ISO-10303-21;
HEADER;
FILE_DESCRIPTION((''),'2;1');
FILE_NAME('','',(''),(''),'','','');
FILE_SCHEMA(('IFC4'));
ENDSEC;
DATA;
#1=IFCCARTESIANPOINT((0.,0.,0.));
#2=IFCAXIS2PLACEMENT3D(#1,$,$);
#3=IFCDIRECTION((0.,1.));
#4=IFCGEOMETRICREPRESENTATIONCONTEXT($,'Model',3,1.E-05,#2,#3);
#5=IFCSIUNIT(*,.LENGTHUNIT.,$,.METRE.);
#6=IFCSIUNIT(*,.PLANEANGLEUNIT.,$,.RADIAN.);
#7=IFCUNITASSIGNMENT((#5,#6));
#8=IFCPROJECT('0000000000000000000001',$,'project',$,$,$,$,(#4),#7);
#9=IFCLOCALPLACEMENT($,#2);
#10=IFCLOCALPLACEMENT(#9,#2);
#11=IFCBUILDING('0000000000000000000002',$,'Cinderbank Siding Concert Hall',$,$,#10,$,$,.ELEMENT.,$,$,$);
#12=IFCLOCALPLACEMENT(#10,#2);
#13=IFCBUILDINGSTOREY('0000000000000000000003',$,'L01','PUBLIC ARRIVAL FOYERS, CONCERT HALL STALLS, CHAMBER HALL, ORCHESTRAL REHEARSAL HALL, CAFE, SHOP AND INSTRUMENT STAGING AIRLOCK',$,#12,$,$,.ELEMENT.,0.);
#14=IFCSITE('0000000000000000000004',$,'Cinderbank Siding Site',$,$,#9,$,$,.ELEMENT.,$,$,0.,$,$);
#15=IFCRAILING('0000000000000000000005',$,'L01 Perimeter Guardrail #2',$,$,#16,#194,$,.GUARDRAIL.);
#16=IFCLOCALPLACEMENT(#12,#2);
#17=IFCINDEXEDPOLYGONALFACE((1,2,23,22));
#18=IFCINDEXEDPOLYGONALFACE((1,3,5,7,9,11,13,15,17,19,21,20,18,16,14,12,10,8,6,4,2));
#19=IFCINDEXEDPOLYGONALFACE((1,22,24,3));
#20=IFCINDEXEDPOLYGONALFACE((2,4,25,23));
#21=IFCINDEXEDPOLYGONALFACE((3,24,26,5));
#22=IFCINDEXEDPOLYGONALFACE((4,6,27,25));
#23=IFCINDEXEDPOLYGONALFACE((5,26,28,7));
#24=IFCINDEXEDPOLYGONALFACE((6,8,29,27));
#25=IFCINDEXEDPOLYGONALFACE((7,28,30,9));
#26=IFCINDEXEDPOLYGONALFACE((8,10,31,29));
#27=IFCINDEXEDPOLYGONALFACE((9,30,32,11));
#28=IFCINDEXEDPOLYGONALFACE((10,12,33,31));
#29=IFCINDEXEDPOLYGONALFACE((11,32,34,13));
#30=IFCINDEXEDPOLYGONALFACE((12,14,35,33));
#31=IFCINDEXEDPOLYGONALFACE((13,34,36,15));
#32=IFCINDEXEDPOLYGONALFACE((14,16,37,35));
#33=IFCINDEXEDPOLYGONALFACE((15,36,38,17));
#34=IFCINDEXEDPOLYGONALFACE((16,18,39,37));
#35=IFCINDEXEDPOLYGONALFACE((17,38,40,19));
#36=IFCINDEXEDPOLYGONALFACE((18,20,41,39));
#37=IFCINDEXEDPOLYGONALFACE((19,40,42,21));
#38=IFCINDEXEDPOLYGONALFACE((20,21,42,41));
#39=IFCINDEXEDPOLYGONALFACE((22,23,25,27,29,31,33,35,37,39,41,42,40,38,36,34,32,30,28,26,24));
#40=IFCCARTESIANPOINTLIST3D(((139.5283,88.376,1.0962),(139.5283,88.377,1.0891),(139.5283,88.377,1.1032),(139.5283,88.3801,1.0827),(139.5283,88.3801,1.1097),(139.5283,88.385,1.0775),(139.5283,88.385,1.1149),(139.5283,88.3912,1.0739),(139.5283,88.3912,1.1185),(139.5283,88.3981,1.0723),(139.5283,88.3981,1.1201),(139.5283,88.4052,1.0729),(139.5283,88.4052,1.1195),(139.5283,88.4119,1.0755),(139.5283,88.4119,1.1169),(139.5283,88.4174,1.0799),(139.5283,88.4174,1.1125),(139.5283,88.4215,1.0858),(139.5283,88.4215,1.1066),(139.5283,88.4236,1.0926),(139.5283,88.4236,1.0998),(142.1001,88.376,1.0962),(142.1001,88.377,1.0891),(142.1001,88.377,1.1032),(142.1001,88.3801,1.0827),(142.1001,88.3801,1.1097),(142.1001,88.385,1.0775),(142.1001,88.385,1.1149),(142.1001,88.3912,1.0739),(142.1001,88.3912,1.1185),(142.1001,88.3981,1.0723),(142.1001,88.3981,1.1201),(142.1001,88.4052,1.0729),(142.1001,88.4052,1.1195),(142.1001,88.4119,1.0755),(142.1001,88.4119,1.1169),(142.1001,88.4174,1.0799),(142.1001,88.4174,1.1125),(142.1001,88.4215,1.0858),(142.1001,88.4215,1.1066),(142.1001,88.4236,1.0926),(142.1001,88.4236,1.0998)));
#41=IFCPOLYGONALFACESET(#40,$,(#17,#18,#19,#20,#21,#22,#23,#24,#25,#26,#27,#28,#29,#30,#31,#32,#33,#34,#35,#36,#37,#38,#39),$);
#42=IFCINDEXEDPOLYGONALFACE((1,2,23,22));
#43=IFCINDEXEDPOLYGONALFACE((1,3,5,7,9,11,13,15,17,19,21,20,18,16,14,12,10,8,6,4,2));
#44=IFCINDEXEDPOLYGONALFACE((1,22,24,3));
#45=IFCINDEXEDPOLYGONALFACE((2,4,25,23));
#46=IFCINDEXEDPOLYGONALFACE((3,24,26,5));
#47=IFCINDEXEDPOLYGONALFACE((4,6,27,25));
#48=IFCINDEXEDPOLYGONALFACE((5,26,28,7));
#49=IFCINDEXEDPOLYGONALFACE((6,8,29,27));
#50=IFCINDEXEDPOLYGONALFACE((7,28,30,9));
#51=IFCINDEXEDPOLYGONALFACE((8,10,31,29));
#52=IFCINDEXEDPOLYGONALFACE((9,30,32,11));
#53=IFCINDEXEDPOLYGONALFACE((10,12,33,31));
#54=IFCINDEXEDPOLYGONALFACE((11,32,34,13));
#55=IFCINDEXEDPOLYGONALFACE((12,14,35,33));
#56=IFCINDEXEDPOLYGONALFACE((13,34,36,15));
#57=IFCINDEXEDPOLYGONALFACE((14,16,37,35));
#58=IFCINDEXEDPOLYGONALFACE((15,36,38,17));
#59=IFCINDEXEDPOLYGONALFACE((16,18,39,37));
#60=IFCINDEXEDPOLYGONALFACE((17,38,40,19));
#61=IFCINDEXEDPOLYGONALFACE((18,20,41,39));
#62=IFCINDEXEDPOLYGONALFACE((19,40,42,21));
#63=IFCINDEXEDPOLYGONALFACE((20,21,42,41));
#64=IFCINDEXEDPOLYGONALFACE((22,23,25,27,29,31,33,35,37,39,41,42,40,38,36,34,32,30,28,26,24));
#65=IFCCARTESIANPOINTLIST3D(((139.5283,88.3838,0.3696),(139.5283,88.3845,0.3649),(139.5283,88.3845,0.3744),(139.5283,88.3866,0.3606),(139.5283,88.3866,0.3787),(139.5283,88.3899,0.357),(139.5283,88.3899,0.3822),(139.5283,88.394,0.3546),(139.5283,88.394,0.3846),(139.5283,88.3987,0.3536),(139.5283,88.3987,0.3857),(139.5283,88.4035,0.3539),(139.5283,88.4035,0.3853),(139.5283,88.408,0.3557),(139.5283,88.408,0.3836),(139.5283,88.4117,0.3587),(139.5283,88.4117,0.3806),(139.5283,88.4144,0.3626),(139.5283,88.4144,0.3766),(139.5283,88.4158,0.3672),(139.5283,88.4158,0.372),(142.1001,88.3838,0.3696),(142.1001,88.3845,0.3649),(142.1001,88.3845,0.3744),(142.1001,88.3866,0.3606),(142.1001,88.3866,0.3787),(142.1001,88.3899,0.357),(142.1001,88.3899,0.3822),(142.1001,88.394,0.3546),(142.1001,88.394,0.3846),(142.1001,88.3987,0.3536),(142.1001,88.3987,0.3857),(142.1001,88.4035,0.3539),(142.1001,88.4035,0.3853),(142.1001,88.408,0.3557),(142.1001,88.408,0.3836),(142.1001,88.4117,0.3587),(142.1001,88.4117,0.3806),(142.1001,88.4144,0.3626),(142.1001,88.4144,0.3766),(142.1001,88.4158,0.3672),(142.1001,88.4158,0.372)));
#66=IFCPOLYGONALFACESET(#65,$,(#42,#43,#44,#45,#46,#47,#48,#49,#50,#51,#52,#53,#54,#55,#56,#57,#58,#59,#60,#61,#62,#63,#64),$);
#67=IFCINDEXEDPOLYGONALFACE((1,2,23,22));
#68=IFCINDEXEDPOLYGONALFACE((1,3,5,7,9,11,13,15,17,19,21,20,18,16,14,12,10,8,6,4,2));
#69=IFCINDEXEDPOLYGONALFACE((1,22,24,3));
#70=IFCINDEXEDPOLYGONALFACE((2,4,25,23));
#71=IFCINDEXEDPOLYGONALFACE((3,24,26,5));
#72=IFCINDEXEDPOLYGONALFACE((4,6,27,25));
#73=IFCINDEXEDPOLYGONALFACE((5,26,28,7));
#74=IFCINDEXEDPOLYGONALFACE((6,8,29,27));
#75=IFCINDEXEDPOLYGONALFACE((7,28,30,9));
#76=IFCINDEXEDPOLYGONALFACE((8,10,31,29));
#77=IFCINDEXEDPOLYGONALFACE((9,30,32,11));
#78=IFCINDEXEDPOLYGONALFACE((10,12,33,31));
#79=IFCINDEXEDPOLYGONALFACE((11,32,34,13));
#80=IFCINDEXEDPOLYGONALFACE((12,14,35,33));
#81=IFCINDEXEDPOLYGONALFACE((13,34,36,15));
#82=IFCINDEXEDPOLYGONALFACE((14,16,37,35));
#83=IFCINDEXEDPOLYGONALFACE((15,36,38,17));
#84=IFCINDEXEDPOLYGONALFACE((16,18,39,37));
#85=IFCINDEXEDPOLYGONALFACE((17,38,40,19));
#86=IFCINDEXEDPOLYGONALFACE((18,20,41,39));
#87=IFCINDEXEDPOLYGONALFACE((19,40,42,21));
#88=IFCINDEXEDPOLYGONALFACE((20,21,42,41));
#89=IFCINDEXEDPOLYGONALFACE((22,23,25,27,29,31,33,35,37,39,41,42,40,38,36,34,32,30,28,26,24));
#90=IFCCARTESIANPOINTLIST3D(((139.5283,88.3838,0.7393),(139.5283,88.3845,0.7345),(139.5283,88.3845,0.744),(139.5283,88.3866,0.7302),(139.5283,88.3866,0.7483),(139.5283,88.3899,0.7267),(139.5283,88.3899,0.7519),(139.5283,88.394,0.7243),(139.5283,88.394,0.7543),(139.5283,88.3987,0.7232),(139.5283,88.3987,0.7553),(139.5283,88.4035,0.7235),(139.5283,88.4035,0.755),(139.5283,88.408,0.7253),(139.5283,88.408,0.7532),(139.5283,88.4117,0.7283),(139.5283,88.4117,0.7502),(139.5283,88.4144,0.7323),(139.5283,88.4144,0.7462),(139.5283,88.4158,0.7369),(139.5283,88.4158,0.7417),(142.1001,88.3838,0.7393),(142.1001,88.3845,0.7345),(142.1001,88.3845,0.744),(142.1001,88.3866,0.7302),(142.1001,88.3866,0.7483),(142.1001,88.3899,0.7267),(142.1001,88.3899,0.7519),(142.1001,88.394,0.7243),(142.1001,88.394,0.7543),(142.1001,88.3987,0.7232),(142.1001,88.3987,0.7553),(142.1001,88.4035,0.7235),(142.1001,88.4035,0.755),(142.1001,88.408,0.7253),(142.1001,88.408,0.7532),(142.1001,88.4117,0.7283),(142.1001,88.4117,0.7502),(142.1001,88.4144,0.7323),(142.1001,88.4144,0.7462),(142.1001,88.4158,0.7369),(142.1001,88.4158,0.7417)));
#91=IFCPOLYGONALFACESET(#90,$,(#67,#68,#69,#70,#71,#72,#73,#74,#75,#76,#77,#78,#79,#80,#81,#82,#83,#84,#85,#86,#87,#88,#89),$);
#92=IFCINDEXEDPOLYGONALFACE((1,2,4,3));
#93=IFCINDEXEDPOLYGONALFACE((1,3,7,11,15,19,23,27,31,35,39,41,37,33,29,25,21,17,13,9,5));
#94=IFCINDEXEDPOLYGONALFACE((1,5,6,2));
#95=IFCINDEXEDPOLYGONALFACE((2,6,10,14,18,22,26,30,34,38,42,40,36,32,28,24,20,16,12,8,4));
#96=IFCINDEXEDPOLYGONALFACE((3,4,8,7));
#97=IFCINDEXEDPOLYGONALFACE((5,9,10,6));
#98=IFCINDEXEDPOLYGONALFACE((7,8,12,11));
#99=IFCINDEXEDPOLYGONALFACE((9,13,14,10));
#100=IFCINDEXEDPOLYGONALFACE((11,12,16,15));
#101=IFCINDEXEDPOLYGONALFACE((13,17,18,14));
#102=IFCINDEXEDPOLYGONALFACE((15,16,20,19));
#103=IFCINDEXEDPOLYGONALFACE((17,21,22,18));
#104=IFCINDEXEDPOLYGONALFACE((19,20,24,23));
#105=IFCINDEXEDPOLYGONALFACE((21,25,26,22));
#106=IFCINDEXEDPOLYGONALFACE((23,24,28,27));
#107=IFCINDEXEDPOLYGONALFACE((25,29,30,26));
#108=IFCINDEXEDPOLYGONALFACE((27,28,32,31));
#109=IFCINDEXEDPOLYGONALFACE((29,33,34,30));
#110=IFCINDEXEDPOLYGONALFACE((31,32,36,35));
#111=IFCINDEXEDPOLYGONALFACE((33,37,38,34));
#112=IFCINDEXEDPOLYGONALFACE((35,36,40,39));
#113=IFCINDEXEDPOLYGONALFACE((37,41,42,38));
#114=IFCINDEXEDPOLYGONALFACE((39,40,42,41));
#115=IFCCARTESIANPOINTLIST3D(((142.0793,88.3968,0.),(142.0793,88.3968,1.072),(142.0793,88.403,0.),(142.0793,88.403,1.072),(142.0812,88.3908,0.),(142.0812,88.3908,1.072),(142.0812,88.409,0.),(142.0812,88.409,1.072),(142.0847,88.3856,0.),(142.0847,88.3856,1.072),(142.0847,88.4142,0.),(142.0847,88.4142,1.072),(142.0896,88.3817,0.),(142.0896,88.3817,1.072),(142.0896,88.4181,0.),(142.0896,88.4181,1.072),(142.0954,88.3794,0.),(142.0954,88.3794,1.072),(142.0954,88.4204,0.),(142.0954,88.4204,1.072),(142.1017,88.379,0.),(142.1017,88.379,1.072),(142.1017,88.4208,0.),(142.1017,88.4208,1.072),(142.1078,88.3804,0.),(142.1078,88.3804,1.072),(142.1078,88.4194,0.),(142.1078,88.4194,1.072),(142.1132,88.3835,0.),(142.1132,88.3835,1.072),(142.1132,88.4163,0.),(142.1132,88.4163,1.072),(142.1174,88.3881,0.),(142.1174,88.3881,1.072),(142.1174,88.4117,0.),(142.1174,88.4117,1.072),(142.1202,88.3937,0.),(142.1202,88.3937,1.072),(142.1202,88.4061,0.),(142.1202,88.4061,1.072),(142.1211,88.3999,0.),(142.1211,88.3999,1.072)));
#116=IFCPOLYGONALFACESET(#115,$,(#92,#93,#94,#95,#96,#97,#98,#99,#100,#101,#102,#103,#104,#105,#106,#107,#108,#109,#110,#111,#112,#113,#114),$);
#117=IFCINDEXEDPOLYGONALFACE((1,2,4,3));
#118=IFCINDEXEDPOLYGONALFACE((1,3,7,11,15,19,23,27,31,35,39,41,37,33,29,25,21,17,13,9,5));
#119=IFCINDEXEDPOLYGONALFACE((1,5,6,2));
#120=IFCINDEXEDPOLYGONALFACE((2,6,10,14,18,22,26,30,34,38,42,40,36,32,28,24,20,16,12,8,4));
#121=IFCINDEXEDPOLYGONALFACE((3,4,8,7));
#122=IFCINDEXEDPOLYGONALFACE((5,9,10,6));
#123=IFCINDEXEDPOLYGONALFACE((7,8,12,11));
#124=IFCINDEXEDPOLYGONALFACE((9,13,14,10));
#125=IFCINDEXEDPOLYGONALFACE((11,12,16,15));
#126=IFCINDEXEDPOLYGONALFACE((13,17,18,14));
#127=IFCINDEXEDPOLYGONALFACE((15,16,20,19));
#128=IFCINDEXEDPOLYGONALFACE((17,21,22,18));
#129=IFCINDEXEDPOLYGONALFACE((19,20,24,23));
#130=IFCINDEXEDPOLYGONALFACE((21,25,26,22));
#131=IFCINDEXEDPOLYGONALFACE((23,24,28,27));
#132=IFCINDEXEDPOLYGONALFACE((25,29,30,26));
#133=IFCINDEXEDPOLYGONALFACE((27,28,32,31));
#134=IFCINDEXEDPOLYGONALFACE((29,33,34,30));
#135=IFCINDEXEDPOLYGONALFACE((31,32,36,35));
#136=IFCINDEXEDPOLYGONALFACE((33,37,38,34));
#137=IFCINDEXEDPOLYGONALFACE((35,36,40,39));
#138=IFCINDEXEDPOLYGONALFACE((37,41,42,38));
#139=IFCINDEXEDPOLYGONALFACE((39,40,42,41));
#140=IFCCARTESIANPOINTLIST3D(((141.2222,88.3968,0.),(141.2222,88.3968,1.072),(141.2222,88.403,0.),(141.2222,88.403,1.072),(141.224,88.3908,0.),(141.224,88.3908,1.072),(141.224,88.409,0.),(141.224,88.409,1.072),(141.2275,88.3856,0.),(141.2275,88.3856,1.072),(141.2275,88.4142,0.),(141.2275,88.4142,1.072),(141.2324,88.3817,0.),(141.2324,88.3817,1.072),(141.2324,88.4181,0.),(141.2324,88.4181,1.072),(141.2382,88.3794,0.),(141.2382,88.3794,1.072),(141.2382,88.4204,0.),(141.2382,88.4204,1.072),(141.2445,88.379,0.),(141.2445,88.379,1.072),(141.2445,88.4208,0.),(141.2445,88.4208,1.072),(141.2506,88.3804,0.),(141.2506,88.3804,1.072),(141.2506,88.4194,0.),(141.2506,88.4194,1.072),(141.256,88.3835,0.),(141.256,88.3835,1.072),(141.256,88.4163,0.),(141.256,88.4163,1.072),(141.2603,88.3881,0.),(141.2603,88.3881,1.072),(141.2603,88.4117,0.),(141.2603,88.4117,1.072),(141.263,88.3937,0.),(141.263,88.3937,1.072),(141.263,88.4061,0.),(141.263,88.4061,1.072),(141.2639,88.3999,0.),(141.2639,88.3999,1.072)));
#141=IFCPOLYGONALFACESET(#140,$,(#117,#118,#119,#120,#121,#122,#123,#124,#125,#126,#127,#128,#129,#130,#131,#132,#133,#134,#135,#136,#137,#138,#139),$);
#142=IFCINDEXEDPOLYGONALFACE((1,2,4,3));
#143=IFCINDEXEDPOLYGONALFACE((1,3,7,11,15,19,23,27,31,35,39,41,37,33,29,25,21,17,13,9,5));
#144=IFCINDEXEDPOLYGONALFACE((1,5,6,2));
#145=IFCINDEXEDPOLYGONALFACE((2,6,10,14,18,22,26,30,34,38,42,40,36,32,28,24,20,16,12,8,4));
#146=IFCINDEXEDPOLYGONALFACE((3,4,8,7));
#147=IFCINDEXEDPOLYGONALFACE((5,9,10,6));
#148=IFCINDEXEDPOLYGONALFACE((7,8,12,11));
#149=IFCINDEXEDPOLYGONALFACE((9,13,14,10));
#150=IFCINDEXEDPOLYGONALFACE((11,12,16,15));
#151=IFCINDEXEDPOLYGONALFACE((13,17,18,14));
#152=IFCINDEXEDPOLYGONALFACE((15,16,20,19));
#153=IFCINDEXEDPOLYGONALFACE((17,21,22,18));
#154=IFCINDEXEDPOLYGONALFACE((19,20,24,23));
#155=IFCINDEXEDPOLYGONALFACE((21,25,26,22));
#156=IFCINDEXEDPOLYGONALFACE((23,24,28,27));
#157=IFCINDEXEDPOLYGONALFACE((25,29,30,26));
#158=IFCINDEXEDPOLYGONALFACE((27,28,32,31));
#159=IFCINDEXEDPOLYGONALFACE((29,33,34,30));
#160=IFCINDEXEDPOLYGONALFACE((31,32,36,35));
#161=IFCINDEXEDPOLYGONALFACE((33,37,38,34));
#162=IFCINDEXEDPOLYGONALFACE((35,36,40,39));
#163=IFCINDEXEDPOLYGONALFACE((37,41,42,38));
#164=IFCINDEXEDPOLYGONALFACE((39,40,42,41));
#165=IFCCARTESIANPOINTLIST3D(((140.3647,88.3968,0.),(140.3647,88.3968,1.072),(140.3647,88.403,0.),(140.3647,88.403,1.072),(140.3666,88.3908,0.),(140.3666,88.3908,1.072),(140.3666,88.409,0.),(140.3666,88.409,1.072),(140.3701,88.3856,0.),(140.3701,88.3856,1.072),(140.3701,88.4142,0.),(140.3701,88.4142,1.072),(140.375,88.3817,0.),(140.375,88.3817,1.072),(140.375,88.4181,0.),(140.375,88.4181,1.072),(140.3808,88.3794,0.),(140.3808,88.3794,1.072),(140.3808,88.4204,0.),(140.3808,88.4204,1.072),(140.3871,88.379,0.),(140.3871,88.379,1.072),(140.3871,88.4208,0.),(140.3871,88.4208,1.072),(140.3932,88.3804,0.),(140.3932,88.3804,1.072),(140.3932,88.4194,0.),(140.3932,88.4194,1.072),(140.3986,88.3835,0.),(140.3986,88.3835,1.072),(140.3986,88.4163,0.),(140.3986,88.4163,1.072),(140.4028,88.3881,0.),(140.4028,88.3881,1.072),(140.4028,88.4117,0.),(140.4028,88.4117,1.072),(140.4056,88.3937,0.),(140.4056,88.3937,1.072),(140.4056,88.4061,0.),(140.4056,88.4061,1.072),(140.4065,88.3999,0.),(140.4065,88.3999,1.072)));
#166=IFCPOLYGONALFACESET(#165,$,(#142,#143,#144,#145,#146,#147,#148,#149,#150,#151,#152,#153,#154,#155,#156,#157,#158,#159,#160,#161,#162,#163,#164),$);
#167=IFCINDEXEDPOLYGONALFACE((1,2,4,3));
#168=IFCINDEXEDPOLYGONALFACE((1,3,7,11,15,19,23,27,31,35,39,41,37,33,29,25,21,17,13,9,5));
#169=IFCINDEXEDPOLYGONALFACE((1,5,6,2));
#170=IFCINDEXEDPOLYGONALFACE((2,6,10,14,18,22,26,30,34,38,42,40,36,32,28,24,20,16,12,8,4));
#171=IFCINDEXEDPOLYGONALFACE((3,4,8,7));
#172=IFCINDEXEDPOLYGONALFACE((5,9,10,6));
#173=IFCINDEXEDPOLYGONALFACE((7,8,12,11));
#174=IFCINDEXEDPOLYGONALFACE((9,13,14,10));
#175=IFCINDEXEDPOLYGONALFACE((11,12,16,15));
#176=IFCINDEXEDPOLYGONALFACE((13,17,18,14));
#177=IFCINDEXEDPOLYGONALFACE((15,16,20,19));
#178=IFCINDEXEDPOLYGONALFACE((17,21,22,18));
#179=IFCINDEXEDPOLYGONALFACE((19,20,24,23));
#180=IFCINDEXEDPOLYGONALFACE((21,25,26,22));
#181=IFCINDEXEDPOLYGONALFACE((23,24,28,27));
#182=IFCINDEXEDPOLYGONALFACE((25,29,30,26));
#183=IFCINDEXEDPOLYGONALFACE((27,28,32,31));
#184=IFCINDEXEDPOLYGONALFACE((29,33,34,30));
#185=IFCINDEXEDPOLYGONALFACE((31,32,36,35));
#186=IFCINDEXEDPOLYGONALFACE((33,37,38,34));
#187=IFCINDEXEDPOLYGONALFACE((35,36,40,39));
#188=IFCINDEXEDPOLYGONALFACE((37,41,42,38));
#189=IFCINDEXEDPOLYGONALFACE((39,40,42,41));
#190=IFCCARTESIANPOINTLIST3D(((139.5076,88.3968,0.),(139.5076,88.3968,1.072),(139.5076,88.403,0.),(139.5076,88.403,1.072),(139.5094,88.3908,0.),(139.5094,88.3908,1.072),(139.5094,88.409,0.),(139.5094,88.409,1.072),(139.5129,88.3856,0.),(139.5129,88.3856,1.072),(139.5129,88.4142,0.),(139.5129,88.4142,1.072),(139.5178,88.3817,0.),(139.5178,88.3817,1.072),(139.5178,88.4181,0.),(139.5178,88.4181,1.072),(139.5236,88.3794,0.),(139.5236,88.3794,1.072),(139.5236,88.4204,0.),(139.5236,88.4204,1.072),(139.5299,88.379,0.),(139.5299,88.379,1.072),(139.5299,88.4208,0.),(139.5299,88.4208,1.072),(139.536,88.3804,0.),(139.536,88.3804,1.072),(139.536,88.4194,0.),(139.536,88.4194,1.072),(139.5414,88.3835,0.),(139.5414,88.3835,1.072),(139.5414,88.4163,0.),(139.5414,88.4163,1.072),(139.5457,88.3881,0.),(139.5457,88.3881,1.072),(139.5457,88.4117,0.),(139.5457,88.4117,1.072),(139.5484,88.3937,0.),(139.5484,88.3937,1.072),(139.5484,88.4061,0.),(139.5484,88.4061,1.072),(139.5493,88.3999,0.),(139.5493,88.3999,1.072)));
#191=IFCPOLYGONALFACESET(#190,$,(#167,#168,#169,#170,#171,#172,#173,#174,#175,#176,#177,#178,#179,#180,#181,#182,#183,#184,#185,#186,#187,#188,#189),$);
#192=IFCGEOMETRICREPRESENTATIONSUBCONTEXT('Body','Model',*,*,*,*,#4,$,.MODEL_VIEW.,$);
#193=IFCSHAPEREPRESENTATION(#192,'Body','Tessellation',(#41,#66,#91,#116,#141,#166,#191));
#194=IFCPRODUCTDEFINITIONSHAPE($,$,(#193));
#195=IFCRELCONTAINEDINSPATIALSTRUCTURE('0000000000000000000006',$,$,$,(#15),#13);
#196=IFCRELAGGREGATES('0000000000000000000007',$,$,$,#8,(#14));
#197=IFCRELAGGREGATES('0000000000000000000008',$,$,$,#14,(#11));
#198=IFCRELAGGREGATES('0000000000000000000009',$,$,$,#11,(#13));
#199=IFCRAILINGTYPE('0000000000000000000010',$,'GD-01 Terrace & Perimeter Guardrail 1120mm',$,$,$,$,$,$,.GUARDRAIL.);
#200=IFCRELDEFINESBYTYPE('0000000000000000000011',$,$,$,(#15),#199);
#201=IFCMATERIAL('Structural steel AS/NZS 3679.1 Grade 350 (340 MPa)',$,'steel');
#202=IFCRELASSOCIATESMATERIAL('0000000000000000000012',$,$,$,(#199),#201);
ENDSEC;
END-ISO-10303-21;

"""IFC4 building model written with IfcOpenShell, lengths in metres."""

from ifc_helpers import new_model, si_unit, direction, frame, origin, origin_2d, place, context, subcontext, project, spatial, circle, extrude, material, type_object, element, save


model = new_model("IFC4")

# Units and contexts
model_context = context("Model", 3, precision=1e-05, world=origin(), true_north=direction((0.0, 1.0)))
body_context = subcontext(model_context, "Body", "Model", "MODEL_VIEW")
ifc_project = project(units=[si_unit("LENGTHUNIT", "METRE"), si_unit("PLANEANGLEUNIT", "RADIAN")], contexts=[model_context])

# Site, building, storey
site_placement = place(None, origin())
site = spatial("IfcSite", under=ifc_project, at=site_placement, Name="Cinderbank Siding Site", CompositionType="ELEMENT", RefElevation=0.0)
building_placement = place(site_placement, origin())
building = spatial("IfcBuilding", under=site, at=building_placement, Name="Cinderbank Siding Concert Hall", CompositionType="ELEMENT")
storey_placement = place(building_placement, origin())
storey = spatial("IfcBuildingStorey", under=building, at=storey_placement, Name="L01", Description="PUBLIC ARRIVAL FOYERS, CONCERT HALL STALLS, CHAMBER HALL, ORCHESTRAL REHEARSAL HALL, CAFE, SHOP AND INSTRUMENT STAGING AIRLOCK", CompositionType="ELEMENT", Elevation=0.0)

# Shared definitions
ifc_material_1 = material(Name="Structural steel AS/NZS 3679.1 Grade 350 (340 MPa)", Category="steel")

# Railing
railing_type_1 = type_object("IfcRailingType", Name="GD-01 Terrace & Perimeter Guardrail 1120mm", PredefinedType="GUARDRAIL", material=ifc_material_1)
railing_1_placement = place(storey_placement, frame((142.1001, 88.3999, 0.0)))
element("IfcRailing", 1, at=railing_1_placement, inside=storey, type_object=railing_type_1, Name="L01 Perimeter Guardrail #2", PredefinedType="GUARDRAIL", context=body_context, shape_type="SweptSolid", body=[
    extrude(circle(Radius=0.0239, at=origin_2d()), frame((0.0, 0.0, 1.0962), z_axis=(-1.0, 0.0, 0.0), x_axis=(0.0, -1.0, 0.0)), (0.0, 0.0, 1.0), 2.5718),
    extrude(circle(Radius=0.0161, at=origin_2d()), frame((0.0, 0.0, 0.3696), z_axis=(-1.0, 0.0, 0.0), x_axis=(0.0, -1.0, 0.0)), (0.0, 0.0, 1.0), 2.5718),
    extrude(circle(Radius=0.0161, at=origin_2d()), frame((0.0, 0.0, 0.7393), z_axis=(-1.0, 0.0, 0.0), x_axis=(0.0, -1.0, 0.0)), (0.0, 0.0, 1.0), 2.5718),
    extrude(circle(Radius=0.021, at=origin_2d()), origin(), (0.0, 0.0, 1.0), 1.072),
    extrude(circle(Radius=0.021, at=origin_2d()), frame((-0.8572, 0.0, 0.0)), (0.0, 0.0, 1.0), 1.072),
    extrude(circle(Radius=0.021, at=origin_2d()), frame((-1.7146, 0.0, 0.0)), (0.0, 0.0, 1.0), 1.072),
    extrude(circle(Radius=0.021, at=origin_2d()), frame((-2.5718, 0.0, 0.0)), (0.0, 0.0, 1.0), 1.072),
])

save(model, "model.ifc")
